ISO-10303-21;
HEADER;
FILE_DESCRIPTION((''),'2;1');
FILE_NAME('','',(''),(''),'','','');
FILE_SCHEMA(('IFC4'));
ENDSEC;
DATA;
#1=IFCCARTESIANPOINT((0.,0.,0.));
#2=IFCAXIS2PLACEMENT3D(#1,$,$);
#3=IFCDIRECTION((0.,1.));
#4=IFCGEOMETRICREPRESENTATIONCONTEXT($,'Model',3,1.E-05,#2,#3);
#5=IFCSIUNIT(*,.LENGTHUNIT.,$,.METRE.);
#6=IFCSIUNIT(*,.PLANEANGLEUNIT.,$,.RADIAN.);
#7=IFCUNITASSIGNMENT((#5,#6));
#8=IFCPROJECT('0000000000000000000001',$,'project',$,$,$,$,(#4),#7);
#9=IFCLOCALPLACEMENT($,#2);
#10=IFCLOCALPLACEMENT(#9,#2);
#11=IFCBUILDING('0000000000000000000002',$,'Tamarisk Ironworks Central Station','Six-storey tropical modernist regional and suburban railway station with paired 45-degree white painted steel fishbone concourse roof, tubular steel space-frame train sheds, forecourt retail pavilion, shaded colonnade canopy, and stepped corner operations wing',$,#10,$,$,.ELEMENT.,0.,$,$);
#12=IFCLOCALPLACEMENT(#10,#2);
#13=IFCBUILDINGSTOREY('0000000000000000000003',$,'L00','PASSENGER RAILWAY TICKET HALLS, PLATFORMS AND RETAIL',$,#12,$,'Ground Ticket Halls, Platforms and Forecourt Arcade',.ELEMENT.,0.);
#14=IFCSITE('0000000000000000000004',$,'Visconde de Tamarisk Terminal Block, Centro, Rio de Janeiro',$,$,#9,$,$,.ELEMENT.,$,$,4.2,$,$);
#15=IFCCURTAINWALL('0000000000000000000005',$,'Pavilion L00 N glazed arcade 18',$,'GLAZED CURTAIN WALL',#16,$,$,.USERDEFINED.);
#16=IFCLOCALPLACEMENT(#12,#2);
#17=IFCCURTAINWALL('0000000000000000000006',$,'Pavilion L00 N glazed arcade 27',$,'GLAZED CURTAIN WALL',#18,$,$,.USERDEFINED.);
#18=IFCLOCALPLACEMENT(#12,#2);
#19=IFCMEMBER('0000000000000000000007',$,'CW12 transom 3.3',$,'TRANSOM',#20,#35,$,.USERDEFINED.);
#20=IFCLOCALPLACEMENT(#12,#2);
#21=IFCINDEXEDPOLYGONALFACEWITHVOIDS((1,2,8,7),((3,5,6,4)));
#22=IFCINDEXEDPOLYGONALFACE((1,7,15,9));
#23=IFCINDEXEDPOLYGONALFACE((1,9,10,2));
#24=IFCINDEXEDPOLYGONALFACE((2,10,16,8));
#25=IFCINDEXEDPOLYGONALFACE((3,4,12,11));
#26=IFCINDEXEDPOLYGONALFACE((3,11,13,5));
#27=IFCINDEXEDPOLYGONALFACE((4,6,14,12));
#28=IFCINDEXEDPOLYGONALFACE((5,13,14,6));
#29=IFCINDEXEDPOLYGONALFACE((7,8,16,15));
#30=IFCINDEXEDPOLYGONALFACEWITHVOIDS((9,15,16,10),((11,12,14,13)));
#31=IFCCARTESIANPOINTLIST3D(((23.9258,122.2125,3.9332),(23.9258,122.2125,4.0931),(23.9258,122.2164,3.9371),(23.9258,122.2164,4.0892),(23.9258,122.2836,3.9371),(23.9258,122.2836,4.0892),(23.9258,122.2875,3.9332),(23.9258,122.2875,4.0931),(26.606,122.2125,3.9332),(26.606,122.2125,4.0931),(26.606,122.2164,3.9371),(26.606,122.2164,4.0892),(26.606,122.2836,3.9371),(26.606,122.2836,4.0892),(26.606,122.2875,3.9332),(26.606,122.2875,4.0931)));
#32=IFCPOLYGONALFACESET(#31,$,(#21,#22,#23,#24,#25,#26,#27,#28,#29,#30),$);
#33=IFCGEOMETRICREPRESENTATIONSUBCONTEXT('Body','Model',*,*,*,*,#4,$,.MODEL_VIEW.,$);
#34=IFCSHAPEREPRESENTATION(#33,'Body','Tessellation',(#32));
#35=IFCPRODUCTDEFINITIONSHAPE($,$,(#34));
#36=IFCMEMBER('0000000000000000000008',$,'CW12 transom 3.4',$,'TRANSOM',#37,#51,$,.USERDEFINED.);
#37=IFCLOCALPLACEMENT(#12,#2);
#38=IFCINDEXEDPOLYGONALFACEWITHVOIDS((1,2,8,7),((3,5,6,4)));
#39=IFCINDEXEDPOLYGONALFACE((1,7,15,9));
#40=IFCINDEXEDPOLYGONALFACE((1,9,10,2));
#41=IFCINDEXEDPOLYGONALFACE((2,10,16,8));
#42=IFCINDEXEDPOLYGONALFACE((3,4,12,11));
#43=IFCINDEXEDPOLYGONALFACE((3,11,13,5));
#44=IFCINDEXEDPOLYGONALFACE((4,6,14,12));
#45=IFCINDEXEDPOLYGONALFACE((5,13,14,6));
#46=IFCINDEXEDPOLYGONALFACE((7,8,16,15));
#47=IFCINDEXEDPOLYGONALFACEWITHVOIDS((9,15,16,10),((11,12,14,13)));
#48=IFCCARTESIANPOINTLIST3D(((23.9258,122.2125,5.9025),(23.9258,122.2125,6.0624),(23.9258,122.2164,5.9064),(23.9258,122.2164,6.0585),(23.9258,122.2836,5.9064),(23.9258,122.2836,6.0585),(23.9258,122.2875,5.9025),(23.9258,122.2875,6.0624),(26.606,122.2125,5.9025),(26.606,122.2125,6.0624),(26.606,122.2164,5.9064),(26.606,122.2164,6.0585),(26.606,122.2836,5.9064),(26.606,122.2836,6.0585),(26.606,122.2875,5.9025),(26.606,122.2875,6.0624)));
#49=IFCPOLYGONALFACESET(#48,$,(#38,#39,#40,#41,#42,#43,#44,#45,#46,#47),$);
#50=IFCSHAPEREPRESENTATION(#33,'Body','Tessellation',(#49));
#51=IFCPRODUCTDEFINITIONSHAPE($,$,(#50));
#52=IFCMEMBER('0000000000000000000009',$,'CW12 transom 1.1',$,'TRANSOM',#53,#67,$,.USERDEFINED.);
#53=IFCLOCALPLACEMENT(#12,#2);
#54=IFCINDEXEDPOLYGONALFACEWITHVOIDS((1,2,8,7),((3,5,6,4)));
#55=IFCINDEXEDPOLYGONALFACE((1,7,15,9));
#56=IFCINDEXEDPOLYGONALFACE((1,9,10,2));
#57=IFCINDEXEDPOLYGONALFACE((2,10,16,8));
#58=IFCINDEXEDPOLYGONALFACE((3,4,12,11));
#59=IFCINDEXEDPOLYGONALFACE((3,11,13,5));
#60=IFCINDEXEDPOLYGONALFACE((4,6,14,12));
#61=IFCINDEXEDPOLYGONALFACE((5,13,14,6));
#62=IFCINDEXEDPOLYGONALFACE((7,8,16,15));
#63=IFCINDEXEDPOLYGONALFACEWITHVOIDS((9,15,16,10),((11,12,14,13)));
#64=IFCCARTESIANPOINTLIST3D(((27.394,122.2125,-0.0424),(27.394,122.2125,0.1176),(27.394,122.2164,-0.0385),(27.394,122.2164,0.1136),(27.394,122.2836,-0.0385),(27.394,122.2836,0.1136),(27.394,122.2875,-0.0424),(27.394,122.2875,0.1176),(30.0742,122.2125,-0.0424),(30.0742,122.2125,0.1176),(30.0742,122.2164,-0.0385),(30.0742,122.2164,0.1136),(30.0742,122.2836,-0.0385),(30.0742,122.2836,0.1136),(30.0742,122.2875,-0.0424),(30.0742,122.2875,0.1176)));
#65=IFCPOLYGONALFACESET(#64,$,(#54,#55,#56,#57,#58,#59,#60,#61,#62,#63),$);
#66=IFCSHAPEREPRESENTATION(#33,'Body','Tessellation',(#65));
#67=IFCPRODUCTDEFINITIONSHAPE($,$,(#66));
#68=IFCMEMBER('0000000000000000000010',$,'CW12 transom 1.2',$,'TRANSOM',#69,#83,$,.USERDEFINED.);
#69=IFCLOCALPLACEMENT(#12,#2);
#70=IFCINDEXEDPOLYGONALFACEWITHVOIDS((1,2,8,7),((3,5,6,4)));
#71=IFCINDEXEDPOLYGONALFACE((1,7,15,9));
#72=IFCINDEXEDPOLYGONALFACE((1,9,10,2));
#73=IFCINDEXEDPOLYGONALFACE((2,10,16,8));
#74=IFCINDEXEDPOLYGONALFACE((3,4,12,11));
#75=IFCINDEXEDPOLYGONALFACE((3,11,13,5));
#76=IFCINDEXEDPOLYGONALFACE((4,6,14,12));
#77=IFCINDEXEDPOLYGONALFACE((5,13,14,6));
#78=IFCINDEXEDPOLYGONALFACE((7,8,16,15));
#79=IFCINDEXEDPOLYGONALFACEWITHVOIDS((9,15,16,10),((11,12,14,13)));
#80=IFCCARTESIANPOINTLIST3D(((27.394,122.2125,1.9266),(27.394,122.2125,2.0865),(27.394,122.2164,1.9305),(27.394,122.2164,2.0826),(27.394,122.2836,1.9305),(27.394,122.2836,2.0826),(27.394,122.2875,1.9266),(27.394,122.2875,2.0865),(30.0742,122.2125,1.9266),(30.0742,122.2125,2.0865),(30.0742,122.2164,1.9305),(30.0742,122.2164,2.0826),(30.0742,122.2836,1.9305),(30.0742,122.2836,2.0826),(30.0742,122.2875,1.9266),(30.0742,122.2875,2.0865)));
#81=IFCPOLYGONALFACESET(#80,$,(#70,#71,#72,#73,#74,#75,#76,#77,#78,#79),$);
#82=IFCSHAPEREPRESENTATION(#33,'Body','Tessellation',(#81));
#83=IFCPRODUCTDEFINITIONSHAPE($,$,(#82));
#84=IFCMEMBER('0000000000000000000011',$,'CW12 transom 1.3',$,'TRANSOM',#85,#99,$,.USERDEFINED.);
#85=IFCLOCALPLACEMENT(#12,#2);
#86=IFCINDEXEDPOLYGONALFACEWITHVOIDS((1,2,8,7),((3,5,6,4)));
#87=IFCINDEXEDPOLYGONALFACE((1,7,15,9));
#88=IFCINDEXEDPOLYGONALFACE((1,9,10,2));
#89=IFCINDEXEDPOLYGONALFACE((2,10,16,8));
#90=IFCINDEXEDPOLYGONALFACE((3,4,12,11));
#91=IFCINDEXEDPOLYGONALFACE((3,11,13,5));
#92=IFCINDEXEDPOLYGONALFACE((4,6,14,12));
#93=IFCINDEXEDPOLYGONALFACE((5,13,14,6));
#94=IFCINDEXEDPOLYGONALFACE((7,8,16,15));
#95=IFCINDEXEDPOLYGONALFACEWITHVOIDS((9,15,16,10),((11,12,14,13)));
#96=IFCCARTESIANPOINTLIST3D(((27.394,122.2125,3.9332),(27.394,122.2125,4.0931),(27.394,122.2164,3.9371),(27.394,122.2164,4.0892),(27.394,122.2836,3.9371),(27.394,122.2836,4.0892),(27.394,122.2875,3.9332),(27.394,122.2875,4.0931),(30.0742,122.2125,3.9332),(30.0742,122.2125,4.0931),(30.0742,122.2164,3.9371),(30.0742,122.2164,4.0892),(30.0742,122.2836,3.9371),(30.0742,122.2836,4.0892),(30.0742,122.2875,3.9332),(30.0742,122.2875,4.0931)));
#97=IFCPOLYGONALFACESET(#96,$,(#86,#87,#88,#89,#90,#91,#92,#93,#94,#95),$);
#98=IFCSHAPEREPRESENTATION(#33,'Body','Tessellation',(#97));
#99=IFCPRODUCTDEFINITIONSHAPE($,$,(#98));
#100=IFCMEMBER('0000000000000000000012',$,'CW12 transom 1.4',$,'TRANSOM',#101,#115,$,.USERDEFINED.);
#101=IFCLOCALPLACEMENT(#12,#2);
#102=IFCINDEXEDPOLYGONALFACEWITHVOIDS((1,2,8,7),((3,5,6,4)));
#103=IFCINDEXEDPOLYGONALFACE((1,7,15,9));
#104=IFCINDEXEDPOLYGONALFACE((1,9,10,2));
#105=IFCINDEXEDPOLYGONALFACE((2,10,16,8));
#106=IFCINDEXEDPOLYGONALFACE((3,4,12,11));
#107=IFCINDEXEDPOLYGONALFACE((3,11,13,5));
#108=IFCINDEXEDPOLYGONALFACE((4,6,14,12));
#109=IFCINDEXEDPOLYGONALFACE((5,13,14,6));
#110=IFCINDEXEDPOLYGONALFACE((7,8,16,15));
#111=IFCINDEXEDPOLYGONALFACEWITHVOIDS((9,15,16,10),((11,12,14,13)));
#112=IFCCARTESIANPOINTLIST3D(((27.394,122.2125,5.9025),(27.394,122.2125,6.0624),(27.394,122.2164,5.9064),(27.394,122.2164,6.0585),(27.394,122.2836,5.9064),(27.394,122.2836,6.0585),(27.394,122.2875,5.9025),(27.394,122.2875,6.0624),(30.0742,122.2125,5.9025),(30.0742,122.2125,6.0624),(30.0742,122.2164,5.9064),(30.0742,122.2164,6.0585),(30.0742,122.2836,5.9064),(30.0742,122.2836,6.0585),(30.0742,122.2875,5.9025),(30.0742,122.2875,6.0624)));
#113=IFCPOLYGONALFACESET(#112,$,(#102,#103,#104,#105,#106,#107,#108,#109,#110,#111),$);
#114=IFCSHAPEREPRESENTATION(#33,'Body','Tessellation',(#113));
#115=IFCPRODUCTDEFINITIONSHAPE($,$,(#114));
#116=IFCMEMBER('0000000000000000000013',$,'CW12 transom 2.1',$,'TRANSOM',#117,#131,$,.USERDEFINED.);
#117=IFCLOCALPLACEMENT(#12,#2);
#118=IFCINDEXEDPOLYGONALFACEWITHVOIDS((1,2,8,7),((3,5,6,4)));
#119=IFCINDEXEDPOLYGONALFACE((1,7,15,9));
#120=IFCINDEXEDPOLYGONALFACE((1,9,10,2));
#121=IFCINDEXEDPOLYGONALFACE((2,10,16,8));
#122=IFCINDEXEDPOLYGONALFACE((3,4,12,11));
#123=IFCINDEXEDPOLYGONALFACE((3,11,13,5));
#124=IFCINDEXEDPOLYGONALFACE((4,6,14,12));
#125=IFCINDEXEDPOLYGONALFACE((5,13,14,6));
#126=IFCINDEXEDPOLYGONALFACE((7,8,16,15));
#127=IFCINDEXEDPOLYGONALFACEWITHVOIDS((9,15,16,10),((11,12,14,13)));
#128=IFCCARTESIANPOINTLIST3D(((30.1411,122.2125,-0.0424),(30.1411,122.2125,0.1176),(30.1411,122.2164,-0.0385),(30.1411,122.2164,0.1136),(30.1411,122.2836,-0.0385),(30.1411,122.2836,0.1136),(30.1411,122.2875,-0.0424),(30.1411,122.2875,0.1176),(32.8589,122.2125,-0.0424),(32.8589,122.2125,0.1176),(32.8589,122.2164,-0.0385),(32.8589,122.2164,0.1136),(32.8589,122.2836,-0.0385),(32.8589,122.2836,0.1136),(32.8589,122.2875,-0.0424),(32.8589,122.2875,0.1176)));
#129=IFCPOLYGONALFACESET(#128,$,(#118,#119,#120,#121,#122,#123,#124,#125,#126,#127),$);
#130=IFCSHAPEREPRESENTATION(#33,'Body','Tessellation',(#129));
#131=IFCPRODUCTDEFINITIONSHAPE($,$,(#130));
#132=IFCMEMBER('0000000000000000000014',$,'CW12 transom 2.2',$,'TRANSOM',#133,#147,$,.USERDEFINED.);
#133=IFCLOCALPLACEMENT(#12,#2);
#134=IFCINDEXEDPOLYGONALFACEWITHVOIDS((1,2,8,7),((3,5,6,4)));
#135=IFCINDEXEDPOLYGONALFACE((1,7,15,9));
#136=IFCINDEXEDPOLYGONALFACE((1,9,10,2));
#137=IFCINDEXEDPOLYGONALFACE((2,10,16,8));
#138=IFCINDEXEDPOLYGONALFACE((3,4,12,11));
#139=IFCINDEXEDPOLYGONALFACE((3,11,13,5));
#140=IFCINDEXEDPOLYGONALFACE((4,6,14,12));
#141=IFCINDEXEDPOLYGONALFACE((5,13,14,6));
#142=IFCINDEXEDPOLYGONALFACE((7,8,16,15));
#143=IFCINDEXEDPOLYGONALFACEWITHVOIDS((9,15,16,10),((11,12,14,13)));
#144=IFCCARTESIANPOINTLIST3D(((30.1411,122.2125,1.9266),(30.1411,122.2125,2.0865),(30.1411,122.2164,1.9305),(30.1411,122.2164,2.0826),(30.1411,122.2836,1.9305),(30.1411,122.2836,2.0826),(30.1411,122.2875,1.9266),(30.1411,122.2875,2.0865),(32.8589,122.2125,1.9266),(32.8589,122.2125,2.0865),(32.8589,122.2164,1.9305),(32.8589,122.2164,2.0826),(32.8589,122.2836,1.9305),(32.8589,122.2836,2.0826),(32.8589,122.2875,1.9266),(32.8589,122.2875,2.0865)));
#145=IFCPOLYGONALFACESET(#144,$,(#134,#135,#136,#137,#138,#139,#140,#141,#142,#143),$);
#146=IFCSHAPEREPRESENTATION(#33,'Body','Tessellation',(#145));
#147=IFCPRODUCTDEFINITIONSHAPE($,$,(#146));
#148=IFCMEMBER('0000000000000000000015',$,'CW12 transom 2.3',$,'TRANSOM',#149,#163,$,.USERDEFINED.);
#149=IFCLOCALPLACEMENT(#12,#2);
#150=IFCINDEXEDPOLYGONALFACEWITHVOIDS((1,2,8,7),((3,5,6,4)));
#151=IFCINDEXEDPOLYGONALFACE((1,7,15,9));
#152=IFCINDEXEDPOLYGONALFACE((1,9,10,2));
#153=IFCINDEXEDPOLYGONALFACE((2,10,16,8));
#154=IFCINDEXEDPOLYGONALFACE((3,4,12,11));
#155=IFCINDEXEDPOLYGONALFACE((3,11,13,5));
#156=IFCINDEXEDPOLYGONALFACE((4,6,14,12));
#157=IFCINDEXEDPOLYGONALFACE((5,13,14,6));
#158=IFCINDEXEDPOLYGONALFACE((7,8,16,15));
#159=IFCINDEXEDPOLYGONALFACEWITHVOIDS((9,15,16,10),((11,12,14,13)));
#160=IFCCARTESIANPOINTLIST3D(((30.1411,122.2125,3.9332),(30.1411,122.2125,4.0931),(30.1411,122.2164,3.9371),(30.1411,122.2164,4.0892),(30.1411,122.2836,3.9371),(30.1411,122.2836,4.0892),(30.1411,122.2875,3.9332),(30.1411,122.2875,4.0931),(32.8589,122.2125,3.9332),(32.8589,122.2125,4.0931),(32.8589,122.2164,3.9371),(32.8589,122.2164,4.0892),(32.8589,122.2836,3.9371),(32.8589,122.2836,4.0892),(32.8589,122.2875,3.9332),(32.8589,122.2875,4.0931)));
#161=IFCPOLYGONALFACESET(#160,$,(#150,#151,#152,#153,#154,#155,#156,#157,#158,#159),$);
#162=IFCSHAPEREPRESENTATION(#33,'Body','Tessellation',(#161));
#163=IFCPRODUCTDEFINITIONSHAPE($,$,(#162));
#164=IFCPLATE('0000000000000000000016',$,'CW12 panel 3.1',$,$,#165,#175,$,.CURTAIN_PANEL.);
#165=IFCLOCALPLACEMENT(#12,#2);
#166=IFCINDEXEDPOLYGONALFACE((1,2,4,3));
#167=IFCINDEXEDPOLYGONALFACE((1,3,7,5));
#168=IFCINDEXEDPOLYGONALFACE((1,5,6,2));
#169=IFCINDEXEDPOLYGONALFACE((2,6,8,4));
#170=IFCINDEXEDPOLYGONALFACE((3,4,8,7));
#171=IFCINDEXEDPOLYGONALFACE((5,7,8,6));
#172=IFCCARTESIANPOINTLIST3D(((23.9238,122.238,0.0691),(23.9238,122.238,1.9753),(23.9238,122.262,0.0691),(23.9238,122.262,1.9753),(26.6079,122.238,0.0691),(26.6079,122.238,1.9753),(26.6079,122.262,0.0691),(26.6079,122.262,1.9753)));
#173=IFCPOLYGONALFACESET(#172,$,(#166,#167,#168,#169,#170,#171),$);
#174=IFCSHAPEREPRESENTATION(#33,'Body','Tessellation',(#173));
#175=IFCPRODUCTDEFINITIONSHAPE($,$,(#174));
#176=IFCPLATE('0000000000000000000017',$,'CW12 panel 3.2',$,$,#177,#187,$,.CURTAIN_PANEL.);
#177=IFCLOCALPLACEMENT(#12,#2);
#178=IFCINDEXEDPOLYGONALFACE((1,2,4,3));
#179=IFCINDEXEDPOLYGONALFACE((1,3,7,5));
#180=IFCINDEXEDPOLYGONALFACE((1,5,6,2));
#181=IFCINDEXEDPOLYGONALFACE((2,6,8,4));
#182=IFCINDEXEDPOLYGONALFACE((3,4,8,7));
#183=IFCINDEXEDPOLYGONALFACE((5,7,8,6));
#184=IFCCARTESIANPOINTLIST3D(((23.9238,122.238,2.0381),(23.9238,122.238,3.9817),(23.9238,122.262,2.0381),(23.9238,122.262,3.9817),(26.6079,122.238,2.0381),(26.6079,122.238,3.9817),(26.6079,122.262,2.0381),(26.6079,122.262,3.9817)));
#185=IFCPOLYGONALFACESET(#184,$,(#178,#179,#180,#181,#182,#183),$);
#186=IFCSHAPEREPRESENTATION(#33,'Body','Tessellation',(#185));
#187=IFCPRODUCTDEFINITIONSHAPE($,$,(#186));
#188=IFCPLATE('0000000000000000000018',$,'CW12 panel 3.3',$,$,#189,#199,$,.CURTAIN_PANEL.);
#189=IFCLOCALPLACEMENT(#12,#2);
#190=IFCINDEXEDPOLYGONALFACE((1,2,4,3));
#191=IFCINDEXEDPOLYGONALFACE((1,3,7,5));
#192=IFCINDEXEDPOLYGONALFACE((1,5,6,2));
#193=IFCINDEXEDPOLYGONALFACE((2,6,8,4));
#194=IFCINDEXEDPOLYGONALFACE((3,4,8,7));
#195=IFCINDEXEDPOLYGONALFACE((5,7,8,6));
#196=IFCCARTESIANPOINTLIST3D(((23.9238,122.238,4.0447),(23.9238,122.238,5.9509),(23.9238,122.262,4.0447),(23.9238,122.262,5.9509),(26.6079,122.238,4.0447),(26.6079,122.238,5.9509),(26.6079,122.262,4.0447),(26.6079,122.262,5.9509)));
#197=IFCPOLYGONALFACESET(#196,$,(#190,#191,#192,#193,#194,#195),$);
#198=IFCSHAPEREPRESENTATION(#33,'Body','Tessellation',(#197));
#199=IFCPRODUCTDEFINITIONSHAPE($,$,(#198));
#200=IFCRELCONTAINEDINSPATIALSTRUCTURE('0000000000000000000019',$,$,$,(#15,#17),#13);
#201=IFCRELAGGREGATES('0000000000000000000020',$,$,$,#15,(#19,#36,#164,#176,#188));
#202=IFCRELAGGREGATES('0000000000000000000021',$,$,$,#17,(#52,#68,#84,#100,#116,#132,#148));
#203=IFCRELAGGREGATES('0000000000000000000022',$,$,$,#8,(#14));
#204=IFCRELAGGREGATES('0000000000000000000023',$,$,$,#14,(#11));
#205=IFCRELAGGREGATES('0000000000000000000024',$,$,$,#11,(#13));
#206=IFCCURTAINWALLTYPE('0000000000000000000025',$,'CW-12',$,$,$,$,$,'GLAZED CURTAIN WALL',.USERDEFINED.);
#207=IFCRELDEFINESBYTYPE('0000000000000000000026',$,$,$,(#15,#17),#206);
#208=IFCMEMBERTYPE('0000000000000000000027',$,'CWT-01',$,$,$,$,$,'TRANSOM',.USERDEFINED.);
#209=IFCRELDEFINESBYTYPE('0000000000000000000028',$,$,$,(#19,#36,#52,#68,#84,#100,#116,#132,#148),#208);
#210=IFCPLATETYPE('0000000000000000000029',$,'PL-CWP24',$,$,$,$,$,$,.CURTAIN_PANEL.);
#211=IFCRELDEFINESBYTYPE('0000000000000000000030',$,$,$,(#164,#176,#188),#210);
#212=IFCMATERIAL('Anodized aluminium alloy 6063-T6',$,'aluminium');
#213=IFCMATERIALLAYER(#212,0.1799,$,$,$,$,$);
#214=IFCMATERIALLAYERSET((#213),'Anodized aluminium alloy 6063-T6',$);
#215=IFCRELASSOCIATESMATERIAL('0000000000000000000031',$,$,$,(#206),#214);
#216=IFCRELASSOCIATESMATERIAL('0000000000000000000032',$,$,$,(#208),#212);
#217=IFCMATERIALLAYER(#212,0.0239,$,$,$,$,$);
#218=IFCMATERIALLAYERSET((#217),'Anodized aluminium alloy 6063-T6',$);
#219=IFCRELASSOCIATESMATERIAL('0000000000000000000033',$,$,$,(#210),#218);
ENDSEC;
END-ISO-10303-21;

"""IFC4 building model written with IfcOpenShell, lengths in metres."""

from ifc_helpers import new_model, si_unit, direction, frame, origin, origin_2d, place, context, subcontext, project, spatial, rectangle, hollow_rectangle, extrude, material, layer, layer_set, material_profile, profile_set, type_object, element, aggregate, save


model = new_model("IFC4")

# Units and contexts
model_context = context("Model", 3, precision=1e-05, world=origin(), true_north=direction((0.0, 1.0)))
body_context = subcontext(model_context, "Body", "Model", "MODEL_VIEW")
ifc_project = project(units=[si_unit("LENGTHUNIT", "METRE"), si_unit("PLANEANGLEUNIT", "RADIAN")], contexts=[model_context])

# Site, building, storey
site_placement = place(None, origin())
site = spatial("IfcSite", under=ifc_project, at=site_placement, Name="Visconde de Tamarisk Terminal Block, Centro, Rio de Janeiro", CompositionType="ELEMENT", RefElevation=4.2)
building_placement = place(site_placement, origin())
building = spatial("IfcBuilding", under=site, at=building_placement, Name="Tamarisk Ironworks Central Station", Description="Six-storey tropical modernist regional and suburban railway station with paired 45-degree white painted steel fishbone concourse roof, tubular steel space-frame train sheds, forecourt retail pavilion, shaded colonnade canopy, and stepped corner operations wing", CompositionType="ELEMENT", ElevationOfRefHeight=0.0)
storey_placement = place(building_placement, origin())
storey = spatial("IfcBuildingStorey", under=building, at=storey_placement, Name="L00", Description="PASSENGER RAILWAY TICKET HALLS, PLATFORMS AND RETAIL", LongName="Ground Ticket Halls, Platforms and Forecourt Arcade", CompositionType="ELEMENT", Elevation=0.0)

# Curtain wall
ifc_material_1 = material(Name="Anodized aluminium alloy 6063-T6", Category="aluminium")
ifc_layer_1 = layer(ifc_material_1, 0.1799)
ifc_layer_set_1 = layer_set([ifc_layer_1], Name="Anodized aluminium alloy 6063-T6")
curtain_wall_type = type_object("IfcCurtainWallType", Name="CW-12", ElementType="GLAZED CURTAIN WALL", PredefinedType="USERDEFINED", material=ifc_layer_set_1)
curtain_wall_1_placement = place(storey_placement, origin())
curtain_wall_1 = element("IfcCurtainWall", 1, at=curtain_wall_1_placement, inside=storey, type_object=curtain_wall_type, Name="Pavilion L00 N glazed arcade 18", ObjectType="GLAZED CURTAIN WALL", PredefinedType="USERDEFINED")

# Curtain wall
curtain_wall_2_placement = place(storey_placement, origin())
curtain_wall_2 = element("IfcCurtainWall", 2, at=curtain_wall_2_placement, inside=storey, type_object=curtain_wall_type, Name="Pavilion L00 N glazed arcade 27", ObjectType="GLAZED CURTAIN WALL", PredefinedType="USERDEFINED")

# Members
ifc_material_profile_1 = material_profile(ifc_material_1, hollow_rectangle(XDim=0.075, YDim=0.1599, WallThickness=0.0039, at=origin_2d()), Name="ALUM 160x75")
ifc_profile_set_1 = profile_set([ifc_material_profile_1], Name="Anodized aluminium alloy 6063-T6")
member_type_1 = type_object("IfcMemberType", Name="CWT-01", ElementType="TRANSOM", PredefinedType="USERDEFINED", material=ifc_profile_set_1)
member_1_placement = place(storey_placement, frame((23.9258, 122.25, 4.0132), z_axis=(1.0, 0.0, 0.0), x_axis=(0.0, 1.0, 0.0)))
member_1 = element("IfcMember", 3, at=member_1_placement, type_object=member_type_1, Name="CW12 transom 3.3", ObjectType="TRANSOM", PredefinedType="USERDEFINED", context=body_context, shape_type="SweptSolid", body=[
    extrude(hollow_rectangle(XDim=0.075, YDim=0.1599, WallThickness=0.0039, at=origin_2d()), origin(), (0.0, 0.0, 1.0), 2.6802),
])
member_2_placement = place(storey_placement, frame((23.9258, 122.25, 5.9824), z_axis=(1.0, 0.0, 0.0), x_axis=(0.0, 1.0, 0.0)))
member_2 = element("IfcMember", 4, at=member_2_placement, type_object=member_type_1, Name="CW12 transom 3.4", ObjectType="TRANSOM", PredefinedType="USERDEFINED", context=body_context, shape_type="SweptSolid", body=[
    extrude(hollow_rectangle(XDim=0.075, YDim=0.1599, WallThickness=0.0039, at=origin_2d()), origin(), (0.0, 0.0, 1.0), 2.6802),
])
member_3_placement = place(storey_placement, frame((27.394, 122.25, 0.0376), z_axis=(1.0, 0.0, 0.0), x_axis=(0.0, 1.0, 0.0)))
member_3 = element("IfcMember", 5, at=member_3_placement, type_object=member_type_1, Name="CW12 transom 1.1", ObjectType="TRANSOM", PredefinedType="USERDEFINED", context=body_context, shape_type="SweptSolid", body=[
    extrude(hollow_rectangle(XDim=0.075, YDim=0.1599, WallThickness=0.0039, at=origin_2d()), origin(), (0.0, 0.0, 1.0), 2.6802),
])
member_4_placement = place(storey_placement, frame((27.394, 122.25, 2.0066), z_axis=(1.0, 0.0, 0.0), x_axis=(0.0, 1.0, 0.0)))
member_4 = element("IfcMember", 6, at=member_4_placement, type_object=member_type_1, Name="CW12 transom 1.2", ObjectType="TRANSOM", PredefinedType="USERDEFINED", context=body_context, shape_type="SweptSolid", body=[
    extrude(hollow_rectangle(XDim=0.075, YDim=0.1599, WallThickness=0.0039, at=origin_2d()), origin(), (0.0, 0.0, 1.0), 2.6802),
])
member_5_placement = place(storey_placement, frame((27.394, 122.25, 4.0132), z_axis=(1.0, 0.0, 0.0), x_axis=(0.0, 1.0, 0.0)))
member_5 = element("IfcMember", 7, at=member_5_placement, type_object=member_type_1, Name="CW12 transom 1.3", ObjectType="TRANSOM", PredefinedType="USERDEFINED", context=body_context, shape_type="SweptSolid", body=[
    extrude(hollow_rectangle(XDim=0.075, YDim=0.1599, WallThickness=0.0039, at=origin_2d()), origin(), (0.0, 0.0, 1.0), 2.6802),
])
member_6_placement = place(storey_placement, frame((27.394, 122.25, 5.9824), z_axis=(1.0, 0.0, 0.0), x_axis=(0.0, 1.0, 0.0)))
member_6 = element("IfcMember", 8, at=member_6_placement, type_object=member_type_1, Name="CW12 transom 1.4", ObjectType="TRANSOM", PredefinedType="USERDEFINED", context=body_context, shape_type="SweptSolid", body=[
    extrude(hollow_rectangle(XDim=0.075, YDim=0.1599, WallThickness=0.0039, at=origin_2d()), origin(), (0.0, 0.0, 1.0), 2.6802),
])
member_7_placement = place(storey_placement, frame((30.1411, 122.25, 0.0376), z_axis=(1.0, 0.0, 0.0), x_axis=(0.0, 1.0, 0.0)))
member_7 = element("IfcMember", 9, at=member_7_placement, type_object=member_type_1, Name="CW12 transom 2.1", ObjectType="TRANSOM", PredefinedType="USERDEFINED", context=body_context, shape_type="SweptSolid", body=[
    extrude(hollow_rectangle(XDim=0.075, YDim=0.1599, WallThickness=0.0039, at=origin_2d()), origin(), (0.0, 0.0, 1.0), 2.7178),
])
member_8_placement = place(storey_placement, frame((30.1411, 122.25, 2.0066), z_axis=(1.0, 0.0, 0.0), x_axis=(0.0, 1.0, 0.0)))
member_8 = element("IfcMember", 10, at=member_8_placement, type_object=member_type_1, Name="CW12 transom 2.2", ObjectType="TRANSOM", PredefinedType="USERDEFINED", context=body_context, shape_type="SweptSolid", body=[
    extrude(hollow_rectangle(XDim=0.075, YDim=0.1599, WallThickness=0.0039, at=origin_2d()), origin(), (0.0, 0.0, 1.0), 2.7178),
])
member_9_placement = place(storey_placement, frame((30.1411, 122.25, 4.0132), z_axis=(1.0, 0.0, 0.0), x_axis=(0.0, 1.0, 0.0)))
member_9 = element("IfcMember", 11, at=member_9_placement, type_object=member_type_1, Name="CW12 transom 2.3", ObjectType="TRANSOM", PredefinedType="USERDEFINED", context=body_context, shape_type="SweptSolid", body=[
    extrude(hollow_rectangle(XDim=0.075, YDim=0.1599, WallThickness=0.0039, at=origin_2d()), origin(), (0.0, 0.0, 1.0), 2.7178),
])

# Plates
ifc_layer_2 = layer(ifc_material_1, 0.0239)
ifc_layer_set_2 = layer_set([ifc_layer_2], Name="Anodized aluminium alloy 6063-T6")
plate_type = type_object("IfcPlateType", Name="PL-CWP24", PredefinedType="CURTAIN_PANEL", material=ifc_layer_set_2)
plate_1_placement = place(storey_placement, frame((25.2659, 122.25, 0.0691), z_axis=(0.0, 0.0, 1.0), x_axis=(1.0, 0.0, 0.0)))
plate_1 = element("IfcPlate", 12, at=plate_1_placement, type_object=plate_type, Name="CW12 panel 3.1", PredefinedType="CURTAIN_PANEL", context=body_context, shape_type="SweptSolid", body=[
    extrude(rectangle(XDim=2.6841, YDim=0.0239, at=origin_2d()), origin(), (0.0, 0.0, 1.0), 1.9062),
])
plate_2_placement = place(storey_placement, frame((25.2659, 122.25, 2.0381), z_axis=(0.0, 0.0, 1.0), x_axis=(1.0, 0.0, 0.0)))
plate_2 = element("IfcPlate", 13, at=plate_2_placement, type_object=plate_type, Name="CW12 panel 3.2", PredefinedType="CURTAIN_PANEL", context=body_context, shape_type="SweptSolid", body=[
    extrude(rectangle(XDim=2.6841, YDim=0.0239, at=origin_2d()), origin(), (0.0, 0.0, 1.0), 1.9436),
])
plate_3_placement = place(storey_placement, frame((25.2659, 122.25, 4.0447), z_axis=(0.0, 0.0, 1.0), x_axis=(1.0, 0.0, 0.0)))
plate_3 = element("IfcPlate", 14, at=plate_3_placement, type_object=plate_type, Name="CW12 panel 3.3", PredefinedType="CURTAIN_PANEL", context=body_context, shape_type="SweptSolid", body=[
    extrude(rectangle(XDim=2.6841, YDim=0.0239, at=origin_2d()), origin(), (0.0, 0.0, 1.0), 1.9062),
])
aggregate(curtain_wall_1, [member_1, member_2, plate_1, plate_2, plate_3])
aggregate(curtain_wall_2, [member_3, member_4, member_5, member_6, member_7, member_8, member_9])

save(model, "model.ifc")
